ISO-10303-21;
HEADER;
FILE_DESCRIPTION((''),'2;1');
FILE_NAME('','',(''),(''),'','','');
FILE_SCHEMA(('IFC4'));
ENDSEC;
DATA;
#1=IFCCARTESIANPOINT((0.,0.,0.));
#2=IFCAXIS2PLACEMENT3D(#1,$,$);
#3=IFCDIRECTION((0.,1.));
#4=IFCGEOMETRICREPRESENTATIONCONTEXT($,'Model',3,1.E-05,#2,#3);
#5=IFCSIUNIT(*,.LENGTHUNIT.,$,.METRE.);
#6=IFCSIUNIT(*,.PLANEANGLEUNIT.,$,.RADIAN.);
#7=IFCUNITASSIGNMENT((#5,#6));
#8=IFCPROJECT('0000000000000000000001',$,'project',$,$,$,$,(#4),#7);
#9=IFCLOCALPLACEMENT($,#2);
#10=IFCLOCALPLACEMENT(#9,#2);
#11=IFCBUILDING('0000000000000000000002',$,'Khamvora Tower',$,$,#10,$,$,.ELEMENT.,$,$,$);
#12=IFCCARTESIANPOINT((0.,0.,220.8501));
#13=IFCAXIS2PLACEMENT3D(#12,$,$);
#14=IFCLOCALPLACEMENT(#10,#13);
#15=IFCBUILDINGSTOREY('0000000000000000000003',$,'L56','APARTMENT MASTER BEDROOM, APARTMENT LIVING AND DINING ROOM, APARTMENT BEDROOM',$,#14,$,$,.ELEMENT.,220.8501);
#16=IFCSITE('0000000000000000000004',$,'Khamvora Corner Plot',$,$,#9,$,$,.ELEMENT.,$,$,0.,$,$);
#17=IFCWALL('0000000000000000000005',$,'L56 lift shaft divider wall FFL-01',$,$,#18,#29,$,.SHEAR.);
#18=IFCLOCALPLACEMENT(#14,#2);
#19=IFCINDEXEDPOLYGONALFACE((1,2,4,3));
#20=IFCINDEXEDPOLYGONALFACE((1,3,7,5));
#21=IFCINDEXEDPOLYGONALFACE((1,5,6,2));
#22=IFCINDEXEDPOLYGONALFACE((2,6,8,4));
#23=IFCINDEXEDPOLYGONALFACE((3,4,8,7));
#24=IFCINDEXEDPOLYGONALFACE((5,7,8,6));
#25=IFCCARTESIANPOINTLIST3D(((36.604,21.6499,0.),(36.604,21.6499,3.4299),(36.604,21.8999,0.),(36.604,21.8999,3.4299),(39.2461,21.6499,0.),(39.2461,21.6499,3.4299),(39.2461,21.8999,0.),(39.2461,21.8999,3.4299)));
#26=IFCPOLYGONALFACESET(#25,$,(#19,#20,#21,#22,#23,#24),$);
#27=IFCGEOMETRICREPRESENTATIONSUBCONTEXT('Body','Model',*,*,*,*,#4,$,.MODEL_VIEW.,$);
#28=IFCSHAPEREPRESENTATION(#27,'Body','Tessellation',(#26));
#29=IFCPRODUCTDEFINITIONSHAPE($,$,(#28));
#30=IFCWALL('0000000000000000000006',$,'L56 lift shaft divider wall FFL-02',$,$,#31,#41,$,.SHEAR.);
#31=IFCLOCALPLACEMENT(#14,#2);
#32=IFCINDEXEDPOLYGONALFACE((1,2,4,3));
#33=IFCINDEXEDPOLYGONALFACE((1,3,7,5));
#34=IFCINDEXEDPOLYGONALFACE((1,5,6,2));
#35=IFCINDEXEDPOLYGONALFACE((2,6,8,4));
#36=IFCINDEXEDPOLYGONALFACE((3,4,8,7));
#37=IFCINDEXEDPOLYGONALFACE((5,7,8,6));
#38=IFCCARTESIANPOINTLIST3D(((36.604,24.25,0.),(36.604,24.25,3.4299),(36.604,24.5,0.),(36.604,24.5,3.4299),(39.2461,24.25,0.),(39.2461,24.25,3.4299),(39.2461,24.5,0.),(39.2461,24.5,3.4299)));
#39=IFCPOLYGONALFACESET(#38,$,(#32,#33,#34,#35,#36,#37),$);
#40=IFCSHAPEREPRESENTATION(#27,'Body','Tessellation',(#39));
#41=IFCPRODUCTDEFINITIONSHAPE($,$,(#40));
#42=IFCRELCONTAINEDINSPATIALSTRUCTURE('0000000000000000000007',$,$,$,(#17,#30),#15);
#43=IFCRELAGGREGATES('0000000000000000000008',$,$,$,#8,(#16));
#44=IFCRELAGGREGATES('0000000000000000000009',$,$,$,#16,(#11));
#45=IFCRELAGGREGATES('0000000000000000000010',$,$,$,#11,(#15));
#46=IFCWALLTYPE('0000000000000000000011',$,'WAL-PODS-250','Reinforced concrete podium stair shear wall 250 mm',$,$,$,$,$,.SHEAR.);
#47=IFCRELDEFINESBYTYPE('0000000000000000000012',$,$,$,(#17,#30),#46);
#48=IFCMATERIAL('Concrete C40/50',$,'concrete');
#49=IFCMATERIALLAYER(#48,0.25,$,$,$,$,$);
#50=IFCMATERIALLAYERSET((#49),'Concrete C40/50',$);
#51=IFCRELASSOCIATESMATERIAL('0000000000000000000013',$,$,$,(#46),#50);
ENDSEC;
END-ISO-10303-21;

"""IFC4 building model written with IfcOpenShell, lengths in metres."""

from ifc_helpers import new_model, si_unit, direction, frame, frame_2d, origin, place, context, subcontext, project, spatial, rectangle, extrude, material, layer, layer_set, type_object, element, save


model = new_model("IFC4")

# Units and contexts
model_context = context("Model", 3, precision=1e-05, world=origin(), true_north=direction((0.0, 1.0)))
body_context = subcontext(model_context, "Body", "Model", "MODEL_VIEW")
ifc_project = project(units=[si_unit("LENGTHUNIT", "METRE"), si_unit("PLANEANGLEUNIT", "RADIAN")], contexts=[model_context])

# Site, building, storey
site_placement = place(None, origin())
site = spatial("IfcSite", under=ifc_project, at=site_placement, Name="Khamvora Corner Plot", CompositionType="ELEMENT", RefElevation=0.0)
building_placement = place(site_placement, origin())
building = spatial("IfcBuilding", under=site, at=building_placement, Name="Khamvora Tower", CompositionType="ELEMENT")
storey_placement = place(building_placement, frame((0.0, 0.0, 220.8501)))
storey = spatial("IfcBuildingStorey", under=building, at=storey_placement, Name="L56", Description="APARTMENT MASTER BEDROOM, APARTMENT LIVING AND DINING ROOM, APARTMENT BEDROOM", CompositionType="ELEMENT", Elevation=220.8501)

# Walls
ifc_material_1 = material(Name="Concrete C40/50", Category="concrete")
ifc_layer_1 = layer(ifc_material_1, 0.25)
ifc_layer_set_1 = layer_set([ifc_layer_1], Name="Concrete C40/50")
wall_type_1 = type_object("IfcWallType", Name="WAL-PODS-250", Description="Reinforced concrete podium stair shear wall 250 mm", PredefinedType="SHEAR", material=ifc_layer_set_1)
for number, where, z_axis, x_axis, name in (
    (1, (36.604, 21.7749, 0.0), (0.0, 0.0, 1.0), (1.0, 0.0, 0.0), "L56 lift shaft divider wall FFL-01"),
    (2, (36.604, 24.375, 0.0), (0.0, 0.0, 1.0), (1.0, 0.0, 0.0), "L56 lift shaft divider wall FFL-02"),
):
    element("IfcWall", number, at=place(storey_placement, frame(where, z_axis=z_axis, x_axis=x_axis)), inside=storey, type_object=wall_type_1, Name=name, PredefinedType="SHEAR", context=body_context, shape_type="SweptSolid", body=[
        extrude(rectangle(XDim=2.6421, YDim=0.25, at=frame_2d((1.321, 0.0))), origin(), (0.0, 0.0, 1.0), 3.4299),
    ])

save(model, "model.ifc")
